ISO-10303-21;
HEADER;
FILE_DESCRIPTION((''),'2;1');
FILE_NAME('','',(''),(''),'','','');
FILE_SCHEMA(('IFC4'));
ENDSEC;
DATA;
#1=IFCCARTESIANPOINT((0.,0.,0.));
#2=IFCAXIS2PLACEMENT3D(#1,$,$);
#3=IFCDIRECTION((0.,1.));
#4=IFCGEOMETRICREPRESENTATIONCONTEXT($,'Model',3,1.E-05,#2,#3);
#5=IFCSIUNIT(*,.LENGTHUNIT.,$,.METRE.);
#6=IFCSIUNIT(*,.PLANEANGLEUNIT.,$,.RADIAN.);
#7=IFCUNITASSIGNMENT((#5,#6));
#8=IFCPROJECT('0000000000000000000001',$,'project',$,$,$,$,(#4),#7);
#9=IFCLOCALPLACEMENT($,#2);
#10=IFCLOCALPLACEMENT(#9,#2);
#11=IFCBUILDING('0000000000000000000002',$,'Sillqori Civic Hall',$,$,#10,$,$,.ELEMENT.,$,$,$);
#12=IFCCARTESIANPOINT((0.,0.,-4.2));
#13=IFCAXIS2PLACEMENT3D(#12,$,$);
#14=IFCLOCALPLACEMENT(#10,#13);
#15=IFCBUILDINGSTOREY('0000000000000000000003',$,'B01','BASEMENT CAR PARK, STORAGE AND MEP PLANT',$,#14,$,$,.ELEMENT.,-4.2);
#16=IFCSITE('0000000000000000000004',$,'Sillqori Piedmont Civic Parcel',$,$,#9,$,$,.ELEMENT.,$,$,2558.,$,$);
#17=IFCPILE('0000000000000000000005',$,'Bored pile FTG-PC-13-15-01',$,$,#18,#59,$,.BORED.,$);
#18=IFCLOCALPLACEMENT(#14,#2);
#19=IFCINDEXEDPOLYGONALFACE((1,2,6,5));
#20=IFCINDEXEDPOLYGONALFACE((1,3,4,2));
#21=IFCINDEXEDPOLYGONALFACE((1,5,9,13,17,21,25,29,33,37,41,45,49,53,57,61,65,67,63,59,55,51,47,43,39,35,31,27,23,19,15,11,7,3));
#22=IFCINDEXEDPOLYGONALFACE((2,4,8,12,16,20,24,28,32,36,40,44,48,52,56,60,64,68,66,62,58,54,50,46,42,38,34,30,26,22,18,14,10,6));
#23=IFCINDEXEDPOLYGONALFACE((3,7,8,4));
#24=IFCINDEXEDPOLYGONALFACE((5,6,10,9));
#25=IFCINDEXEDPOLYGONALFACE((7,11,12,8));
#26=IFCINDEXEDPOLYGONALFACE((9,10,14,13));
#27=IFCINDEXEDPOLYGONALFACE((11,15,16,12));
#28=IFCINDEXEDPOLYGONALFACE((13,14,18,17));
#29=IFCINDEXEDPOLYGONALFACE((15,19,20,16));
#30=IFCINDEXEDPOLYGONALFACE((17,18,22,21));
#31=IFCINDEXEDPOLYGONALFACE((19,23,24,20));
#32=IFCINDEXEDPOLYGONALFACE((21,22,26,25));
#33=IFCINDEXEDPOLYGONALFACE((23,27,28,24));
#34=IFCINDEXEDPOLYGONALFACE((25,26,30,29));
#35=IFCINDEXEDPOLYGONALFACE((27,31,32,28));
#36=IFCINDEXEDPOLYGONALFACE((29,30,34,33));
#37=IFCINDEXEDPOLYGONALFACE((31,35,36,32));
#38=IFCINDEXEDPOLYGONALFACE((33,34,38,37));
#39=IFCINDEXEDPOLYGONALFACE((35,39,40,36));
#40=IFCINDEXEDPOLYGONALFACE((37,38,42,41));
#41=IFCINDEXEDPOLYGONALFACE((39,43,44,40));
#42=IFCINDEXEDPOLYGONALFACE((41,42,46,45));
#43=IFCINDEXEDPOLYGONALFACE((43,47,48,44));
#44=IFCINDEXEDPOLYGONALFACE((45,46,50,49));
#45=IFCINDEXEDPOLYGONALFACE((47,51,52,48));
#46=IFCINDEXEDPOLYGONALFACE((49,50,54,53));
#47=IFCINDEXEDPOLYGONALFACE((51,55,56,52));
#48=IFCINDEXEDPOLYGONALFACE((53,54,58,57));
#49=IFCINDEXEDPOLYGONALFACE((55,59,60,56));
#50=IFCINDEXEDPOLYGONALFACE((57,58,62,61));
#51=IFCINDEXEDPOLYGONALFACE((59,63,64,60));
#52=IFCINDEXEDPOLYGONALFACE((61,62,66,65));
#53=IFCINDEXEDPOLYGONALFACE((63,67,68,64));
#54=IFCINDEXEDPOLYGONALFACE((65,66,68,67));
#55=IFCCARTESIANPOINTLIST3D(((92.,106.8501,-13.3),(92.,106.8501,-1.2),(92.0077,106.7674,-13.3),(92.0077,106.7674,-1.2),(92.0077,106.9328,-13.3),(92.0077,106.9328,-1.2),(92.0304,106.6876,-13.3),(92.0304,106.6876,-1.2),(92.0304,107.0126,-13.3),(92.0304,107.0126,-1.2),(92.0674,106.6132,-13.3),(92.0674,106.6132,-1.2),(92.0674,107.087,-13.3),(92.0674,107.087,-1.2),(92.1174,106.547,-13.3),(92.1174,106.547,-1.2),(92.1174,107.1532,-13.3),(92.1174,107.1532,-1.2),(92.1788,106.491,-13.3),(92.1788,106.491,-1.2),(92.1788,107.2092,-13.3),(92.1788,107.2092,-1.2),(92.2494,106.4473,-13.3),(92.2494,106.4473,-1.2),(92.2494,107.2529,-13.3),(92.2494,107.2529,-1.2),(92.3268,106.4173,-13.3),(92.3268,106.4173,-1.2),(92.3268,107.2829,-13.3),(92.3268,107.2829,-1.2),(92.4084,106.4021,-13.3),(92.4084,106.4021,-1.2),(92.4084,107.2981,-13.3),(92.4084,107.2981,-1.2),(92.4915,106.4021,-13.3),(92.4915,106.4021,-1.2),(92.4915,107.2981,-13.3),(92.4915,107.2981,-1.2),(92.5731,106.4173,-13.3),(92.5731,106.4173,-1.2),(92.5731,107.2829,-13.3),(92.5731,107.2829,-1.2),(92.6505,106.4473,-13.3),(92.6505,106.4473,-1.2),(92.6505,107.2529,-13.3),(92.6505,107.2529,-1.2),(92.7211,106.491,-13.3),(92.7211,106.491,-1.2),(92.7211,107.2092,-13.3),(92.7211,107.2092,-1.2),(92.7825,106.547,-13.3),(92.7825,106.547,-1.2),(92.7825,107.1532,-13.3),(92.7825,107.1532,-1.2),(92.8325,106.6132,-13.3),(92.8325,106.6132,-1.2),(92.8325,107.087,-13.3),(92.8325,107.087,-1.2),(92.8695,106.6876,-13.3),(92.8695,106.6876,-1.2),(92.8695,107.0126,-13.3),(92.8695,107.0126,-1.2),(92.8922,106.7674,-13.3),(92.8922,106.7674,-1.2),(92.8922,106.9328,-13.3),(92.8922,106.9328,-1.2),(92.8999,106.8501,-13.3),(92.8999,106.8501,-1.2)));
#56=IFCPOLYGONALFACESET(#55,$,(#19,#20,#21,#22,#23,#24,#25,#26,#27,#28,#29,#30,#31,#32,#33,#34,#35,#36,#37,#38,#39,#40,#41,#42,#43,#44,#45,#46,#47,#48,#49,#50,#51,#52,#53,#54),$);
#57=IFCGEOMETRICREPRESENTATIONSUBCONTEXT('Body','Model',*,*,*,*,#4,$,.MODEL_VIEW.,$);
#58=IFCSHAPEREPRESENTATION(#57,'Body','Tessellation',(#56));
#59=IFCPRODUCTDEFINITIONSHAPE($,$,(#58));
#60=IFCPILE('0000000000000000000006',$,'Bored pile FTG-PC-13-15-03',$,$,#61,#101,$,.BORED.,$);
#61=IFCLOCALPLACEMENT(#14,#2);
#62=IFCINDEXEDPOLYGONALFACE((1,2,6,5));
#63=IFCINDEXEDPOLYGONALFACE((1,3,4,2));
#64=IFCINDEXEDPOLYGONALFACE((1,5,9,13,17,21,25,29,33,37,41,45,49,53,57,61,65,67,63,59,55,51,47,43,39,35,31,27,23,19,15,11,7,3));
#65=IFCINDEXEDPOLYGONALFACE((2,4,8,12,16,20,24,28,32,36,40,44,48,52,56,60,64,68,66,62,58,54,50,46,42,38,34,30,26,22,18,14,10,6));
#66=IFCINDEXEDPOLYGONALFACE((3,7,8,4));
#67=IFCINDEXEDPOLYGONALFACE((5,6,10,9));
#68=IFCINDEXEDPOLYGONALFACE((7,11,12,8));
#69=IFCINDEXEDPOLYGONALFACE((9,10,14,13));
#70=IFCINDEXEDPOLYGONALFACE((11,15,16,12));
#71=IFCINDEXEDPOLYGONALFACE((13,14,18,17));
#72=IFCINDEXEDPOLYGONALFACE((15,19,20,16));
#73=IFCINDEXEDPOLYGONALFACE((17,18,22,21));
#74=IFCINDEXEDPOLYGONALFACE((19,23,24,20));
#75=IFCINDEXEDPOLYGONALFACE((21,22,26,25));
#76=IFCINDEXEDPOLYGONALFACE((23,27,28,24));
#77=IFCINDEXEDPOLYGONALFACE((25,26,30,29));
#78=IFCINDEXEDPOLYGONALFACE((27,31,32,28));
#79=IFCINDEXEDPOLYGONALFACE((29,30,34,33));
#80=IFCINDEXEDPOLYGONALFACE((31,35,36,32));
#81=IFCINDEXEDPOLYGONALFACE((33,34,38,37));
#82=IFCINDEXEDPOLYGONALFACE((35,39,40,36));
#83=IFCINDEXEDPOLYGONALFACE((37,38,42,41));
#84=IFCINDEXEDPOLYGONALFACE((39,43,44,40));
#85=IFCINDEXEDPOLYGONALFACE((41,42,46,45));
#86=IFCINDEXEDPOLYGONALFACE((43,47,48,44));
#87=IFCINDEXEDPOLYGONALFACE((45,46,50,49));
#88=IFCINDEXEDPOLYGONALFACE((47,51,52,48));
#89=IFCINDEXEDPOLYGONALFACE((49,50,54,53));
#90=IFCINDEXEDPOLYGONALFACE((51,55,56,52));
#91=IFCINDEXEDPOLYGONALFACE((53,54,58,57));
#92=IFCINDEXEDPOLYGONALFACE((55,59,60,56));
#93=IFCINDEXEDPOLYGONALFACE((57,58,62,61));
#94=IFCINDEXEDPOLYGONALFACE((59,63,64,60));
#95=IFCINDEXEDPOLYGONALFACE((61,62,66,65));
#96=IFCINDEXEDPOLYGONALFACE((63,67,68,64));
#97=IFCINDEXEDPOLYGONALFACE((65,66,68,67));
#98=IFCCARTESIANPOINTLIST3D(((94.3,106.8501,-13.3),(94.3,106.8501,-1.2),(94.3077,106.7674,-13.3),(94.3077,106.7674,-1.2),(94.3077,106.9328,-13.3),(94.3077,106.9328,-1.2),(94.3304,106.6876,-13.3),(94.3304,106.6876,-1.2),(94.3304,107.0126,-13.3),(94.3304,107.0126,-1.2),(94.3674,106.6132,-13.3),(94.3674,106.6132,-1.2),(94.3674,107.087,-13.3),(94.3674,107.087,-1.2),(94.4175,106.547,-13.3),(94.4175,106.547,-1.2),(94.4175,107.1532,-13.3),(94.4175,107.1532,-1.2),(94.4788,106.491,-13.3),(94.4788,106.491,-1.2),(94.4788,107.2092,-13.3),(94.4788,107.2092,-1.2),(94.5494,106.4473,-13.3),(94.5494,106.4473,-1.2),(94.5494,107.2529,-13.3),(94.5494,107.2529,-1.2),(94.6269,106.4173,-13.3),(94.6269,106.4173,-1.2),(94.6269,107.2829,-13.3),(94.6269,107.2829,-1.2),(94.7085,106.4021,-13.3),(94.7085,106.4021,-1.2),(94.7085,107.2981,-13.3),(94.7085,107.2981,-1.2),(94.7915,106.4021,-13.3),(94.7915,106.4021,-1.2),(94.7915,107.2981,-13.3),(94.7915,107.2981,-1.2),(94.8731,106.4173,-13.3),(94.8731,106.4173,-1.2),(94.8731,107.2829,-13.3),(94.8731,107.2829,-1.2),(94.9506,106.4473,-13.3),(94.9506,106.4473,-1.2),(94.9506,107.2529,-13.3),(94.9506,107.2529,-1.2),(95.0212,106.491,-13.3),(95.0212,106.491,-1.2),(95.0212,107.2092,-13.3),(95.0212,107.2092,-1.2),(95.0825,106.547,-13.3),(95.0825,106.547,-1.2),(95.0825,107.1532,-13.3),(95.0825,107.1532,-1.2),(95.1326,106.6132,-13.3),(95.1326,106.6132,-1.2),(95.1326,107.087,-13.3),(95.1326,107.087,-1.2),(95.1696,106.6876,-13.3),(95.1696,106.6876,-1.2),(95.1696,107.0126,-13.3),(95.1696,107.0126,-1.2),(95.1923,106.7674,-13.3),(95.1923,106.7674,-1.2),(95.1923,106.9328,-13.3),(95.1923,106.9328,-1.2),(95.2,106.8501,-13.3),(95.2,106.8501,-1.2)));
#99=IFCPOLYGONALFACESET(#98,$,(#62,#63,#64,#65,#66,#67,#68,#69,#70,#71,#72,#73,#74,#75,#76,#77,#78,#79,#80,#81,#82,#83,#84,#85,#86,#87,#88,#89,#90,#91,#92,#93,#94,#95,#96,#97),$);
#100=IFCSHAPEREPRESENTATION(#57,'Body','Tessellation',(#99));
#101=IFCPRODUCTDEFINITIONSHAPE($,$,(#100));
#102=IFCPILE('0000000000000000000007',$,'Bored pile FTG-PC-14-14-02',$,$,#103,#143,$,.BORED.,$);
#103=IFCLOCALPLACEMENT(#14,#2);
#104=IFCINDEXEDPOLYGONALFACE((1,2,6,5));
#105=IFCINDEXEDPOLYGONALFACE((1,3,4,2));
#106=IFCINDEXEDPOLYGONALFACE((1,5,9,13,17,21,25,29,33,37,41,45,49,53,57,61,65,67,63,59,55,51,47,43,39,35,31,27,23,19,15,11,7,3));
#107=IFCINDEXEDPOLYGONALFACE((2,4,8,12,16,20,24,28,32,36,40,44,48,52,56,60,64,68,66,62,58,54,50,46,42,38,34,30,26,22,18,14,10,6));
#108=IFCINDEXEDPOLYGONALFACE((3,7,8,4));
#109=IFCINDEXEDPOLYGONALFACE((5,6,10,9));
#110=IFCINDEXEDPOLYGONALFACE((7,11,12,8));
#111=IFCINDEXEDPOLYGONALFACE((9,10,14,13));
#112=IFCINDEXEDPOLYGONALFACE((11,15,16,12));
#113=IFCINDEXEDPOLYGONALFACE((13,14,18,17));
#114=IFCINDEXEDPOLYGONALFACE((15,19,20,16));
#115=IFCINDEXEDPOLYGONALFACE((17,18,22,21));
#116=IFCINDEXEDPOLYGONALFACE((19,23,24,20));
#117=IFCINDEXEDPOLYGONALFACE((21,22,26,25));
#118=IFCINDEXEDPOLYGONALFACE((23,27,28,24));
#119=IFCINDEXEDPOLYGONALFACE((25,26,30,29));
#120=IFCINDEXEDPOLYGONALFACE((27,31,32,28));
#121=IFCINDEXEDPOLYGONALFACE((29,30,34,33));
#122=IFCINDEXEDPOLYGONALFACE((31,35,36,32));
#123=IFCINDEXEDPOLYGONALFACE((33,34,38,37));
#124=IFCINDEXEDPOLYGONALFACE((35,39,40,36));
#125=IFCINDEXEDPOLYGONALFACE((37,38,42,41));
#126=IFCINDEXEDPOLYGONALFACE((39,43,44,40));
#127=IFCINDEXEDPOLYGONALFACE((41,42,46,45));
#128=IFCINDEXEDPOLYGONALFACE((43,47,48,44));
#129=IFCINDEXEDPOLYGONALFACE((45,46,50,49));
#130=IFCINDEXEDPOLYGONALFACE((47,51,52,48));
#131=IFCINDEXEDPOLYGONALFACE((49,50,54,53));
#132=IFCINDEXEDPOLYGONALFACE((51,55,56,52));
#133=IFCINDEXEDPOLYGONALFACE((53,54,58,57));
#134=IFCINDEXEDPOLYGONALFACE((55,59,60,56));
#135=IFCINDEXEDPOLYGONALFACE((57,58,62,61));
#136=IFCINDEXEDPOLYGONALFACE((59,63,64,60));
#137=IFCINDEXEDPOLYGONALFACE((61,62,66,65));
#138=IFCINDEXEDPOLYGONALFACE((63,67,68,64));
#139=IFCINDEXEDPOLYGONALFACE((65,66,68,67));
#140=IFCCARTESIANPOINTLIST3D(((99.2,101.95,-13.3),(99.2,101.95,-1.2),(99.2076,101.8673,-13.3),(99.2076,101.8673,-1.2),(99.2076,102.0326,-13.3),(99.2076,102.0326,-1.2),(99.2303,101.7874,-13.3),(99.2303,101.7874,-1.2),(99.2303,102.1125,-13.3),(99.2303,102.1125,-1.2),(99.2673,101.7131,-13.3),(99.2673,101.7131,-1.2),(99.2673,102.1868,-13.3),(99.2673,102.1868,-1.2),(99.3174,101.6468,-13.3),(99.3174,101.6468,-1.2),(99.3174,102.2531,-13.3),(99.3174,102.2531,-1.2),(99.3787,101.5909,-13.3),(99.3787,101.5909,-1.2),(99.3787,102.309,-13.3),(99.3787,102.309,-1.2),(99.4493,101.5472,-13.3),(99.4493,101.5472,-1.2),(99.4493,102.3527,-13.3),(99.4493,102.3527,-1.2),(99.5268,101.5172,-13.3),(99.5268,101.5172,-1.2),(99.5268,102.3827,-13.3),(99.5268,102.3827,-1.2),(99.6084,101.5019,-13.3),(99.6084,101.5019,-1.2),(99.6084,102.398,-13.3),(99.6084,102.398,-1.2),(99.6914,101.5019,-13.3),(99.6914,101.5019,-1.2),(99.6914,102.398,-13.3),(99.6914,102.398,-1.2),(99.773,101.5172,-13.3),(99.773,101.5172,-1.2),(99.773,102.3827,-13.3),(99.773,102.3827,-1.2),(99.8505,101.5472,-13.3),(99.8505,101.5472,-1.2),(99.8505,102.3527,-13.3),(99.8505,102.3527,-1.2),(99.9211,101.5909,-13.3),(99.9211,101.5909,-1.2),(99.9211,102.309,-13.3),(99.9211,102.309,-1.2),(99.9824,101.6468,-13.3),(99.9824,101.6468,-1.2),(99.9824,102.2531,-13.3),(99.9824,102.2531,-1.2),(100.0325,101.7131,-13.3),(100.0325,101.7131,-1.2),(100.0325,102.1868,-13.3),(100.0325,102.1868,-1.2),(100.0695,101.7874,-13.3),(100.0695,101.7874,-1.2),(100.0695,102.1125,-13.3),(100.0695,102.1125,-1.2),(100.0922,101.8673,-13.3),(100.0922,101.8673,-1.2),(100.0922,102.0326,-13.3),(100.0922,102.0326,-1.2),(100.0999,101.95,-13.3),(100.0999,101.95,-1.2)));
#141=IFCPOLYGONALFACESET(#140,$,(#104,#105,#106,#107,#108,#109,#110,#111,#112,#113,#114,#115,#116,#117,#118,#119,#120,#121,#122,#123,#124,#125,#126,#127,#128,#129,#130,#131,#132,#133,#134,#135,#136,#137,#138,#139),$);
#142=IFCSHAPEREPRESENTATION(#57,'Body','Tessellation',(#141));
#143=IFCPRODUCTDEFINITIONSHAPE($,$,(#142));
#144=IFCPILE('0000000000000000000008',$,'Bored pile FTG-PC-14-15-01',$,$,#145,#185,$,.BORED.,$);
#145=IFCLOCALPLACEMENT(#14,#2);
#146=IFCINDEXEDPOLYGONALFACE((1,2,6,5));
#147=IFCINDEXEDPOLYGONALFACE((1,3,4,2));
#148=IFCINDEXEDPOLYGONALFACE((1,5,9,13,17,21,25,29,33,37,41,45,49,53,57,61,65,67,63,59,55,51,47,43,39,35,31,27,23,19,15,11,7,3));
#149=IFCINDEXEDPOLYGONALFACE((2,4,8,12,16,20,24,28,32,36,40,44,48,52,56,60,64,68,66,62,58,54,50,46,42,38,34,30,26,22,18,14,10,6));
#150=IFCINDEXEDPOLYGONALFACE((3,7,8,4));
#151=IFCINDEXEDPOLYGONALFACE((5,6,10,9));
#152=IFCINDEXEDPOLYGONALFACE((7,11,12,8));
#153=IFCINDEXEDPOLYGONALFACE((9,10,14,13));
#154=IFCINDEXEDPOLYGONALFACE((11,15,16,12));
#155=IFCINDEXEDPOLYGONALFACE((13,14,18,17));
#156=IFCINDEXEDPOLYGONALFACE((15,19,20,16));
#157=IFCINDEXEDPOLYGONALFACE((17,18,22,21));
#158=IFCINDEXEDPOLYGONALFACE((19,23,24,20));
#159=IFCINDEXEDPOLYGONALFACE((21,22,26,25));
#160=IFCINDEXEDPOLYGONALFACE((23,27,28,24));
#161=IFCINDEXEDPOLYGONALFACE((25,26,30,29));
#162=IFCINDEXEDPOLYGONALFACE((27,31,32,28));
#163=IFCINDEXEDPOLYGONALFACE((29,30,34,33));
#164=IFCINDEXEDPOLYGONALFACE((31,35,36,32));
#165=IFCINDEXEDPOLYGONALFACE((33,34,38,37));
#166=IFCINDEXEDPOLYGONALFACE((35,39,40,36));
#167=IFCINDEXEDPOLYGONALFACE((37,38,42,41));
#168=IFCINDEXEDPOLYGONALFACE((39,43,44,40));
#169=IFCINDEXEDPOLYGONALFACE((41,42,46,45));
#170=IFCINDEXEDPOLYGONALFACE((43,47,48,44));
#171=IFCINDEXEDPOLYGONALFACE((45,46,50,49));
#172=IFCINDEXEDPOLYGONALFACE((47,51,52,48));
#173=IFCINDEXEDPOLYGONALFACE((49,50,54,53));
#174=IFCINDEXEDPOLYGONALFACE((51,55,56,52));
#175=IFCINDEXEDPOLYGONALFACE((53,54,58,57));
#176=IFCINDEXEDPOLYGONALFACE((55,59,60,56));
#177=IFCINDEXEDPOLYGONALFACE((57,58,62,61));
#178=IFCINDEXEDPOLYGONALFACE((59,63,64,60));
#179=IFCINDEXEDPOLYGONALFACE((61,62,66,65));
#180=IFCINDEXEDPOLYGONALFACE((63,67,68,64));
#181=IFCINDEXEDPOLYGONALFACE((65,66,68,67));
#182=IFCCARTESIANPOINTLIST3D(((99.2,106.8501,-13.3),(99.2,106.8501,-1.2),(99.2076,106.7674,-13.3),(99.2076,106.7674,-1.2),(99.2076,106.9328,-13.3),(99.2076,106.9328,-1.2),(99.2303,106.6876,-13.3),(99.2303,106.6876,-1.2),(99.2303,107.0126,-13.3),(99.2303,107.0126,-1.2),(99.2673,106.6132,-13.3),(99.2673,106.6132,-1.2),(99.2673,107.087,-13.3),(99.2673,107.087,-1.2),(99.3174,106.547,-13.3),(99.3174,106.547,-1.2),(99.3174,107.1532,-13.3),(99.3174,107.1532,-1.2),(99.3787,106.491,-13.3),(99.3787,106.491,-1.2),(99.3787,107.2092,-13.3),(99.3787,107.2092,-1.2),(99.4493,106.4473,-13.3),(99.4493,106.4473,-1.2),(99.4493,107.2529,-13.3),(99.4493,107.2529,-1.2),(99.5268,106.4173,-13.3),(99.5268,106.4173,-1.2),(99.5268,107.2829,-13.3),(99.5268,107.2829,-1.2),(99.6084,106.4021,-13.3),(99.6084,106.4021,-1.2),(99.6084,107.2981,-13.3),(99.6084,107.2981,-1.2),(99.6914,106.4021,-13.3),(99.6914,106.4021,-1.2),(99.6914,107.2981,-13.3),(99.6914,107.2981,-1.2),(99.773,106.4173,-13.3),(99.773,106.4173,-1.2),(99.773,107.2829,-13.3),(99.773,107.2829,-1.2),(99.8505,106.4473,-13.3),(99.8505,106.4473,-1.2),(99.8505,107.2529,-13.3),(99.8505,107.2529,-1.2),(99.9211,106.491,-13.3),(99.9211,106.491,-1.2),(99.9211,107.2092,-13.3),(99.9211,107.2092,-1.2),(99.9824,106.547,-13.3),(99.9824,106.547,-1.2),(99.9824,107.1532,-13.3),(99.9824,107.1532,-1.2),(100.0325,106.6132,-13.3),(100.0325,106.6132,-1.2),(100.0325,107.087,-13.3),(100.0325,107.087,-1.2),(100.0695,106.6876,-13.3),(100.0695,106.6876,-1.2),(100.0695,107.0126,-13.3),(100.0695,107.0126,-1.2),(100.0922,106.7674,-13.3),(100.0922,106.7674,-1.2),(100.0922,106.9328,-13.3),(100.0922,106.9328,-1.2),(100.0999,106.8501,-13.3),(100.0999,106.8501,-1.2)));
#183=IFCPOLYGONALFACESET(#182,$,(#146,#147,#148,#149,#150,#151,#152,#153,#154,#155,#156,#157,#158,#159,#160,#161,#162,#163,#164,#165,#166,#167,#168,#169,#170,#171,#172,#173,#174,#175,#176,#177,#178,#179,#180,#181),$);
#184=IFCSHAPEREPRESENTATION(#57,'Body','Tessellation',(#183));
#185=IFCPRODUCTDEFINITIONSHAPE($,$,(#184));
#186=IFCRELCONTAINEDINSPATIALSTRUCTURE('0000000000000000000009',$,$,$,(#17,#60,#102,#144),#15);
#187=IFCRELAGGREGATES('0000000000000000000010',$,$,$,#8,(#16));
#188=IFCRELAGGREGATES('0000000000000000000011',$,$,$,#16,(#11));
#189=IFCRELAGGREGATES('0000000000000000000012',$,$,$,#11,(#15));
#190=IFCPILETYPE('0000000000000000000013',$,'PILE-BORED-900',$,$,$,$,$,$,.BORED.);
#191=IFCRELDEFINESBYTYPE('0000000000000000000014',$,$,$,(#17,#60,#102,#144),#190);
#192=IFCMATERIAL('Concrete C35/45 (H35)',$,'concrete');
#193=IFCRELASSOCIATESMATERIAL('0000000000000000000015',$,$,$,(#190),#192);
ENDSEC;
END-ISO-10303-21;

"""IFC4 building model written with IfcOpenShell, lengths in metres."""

from ifc_helpers import new_model, si_unit, direction, frame, origin, origin_2d, place, context, subcontext, project, spatial, circle, extrude, material, material_profile, profile_set, type_object, element, save


model = new_model("IFC4")

# Units and contexts
model_context = context("Model", 3, precision=1e-05, world=origin(), true_north=direction((0.0, 1.0)))
body_context = subcontext(model_context, "Body", "Model", "MODEL_VIEW")
ifc_project = project(units=[si_unit("LENGTHUNIT", "METRE"), si_unit("PLANEANGLEUNIT", "RADIAN")], contexts=[model_context])

# Site, building, storey
site_placement = place(None, origin())
site = spatial("IfcSite", under=ifc_project, at=site_placement, Name="Sillqori Piedmont Civic Parcel", CompositionType="ELEMENT", RefElevation=2558.0)
building_placement = place(site_placement, origin())
building = spatial("IfcBuilding", under=site, at=building_placement, Name="Sillqori Civic Hall", CompositionType="ELEMENT")
storey_placement = place(building_placement, frame((0.0, 0.0, -4.2)))
storey = spatial("IfcBuildingStorey", under=building, at=storey_placement, Name="B01", Description="BASEMENT CAR PARK, STORAGE AND MEP PLANT", CompositionType="ELEMENT", Elevation=-4.2)

# Shared definitions
ifc_material_1 = material(Name="Concrete C35/45 (H35)", Category="concrete")

# Piles
ifc_material_profile_1 = material_profile(ifc_material_1, circle(Radius=0.45, at=origin_2d()), Name="BORED PILE 900")
ifc_profile_set_1 = profile_set([ifc_material_profile_1], Name="Concrete C35/45 (H35)")
pile_type = type_object("IfcPileType", Name="PILE-BORED-900", PredefinedType="BORED", material=ifc_profile_set_1)
for number, where, z_axis, x_axis, name in (
    (1, (92.45, 106.8501, -1.2), (0.0, 0.0, -1.0), (1.0, 0.0, 0.0), "Bored pile FTG-PC-13-15-01"),
    (2, (94.75, 106.8501, -1.2), (0.0, 0.0, -1.0), (1.0, 0.0, 0.0), "Bored pile FTG-PC-13-15-03"),
    (3, (99.6499, 101.95, -1.2), (0.0, 0.0, -1.0), (1.0, 0.0, 0.0), "Bored pile FTG-PC-14-14-02"),
    (4, (99.6499, 106.8501, -1.2), (0.0, 0.0, -1.0), (1.0, 0.0, 0.0), "Bored pile FTG-PC-14-15-01"),
):
    element("IfcPile", number, at=place(storey_placement, frame(where, z_axis=z_axis, x_axis=x_axis)), inside=storey, type_object=pile_type, Name=name, PredefinedType="BORED", context=body_context, shape_type="SweptSolid", body=[
        extrude(circle(Radius=0.45, at=origin_2d()), origin(), (0.0, 0.0, 1.0), 12.1001),
    ])

save(model, "model.ifc")
